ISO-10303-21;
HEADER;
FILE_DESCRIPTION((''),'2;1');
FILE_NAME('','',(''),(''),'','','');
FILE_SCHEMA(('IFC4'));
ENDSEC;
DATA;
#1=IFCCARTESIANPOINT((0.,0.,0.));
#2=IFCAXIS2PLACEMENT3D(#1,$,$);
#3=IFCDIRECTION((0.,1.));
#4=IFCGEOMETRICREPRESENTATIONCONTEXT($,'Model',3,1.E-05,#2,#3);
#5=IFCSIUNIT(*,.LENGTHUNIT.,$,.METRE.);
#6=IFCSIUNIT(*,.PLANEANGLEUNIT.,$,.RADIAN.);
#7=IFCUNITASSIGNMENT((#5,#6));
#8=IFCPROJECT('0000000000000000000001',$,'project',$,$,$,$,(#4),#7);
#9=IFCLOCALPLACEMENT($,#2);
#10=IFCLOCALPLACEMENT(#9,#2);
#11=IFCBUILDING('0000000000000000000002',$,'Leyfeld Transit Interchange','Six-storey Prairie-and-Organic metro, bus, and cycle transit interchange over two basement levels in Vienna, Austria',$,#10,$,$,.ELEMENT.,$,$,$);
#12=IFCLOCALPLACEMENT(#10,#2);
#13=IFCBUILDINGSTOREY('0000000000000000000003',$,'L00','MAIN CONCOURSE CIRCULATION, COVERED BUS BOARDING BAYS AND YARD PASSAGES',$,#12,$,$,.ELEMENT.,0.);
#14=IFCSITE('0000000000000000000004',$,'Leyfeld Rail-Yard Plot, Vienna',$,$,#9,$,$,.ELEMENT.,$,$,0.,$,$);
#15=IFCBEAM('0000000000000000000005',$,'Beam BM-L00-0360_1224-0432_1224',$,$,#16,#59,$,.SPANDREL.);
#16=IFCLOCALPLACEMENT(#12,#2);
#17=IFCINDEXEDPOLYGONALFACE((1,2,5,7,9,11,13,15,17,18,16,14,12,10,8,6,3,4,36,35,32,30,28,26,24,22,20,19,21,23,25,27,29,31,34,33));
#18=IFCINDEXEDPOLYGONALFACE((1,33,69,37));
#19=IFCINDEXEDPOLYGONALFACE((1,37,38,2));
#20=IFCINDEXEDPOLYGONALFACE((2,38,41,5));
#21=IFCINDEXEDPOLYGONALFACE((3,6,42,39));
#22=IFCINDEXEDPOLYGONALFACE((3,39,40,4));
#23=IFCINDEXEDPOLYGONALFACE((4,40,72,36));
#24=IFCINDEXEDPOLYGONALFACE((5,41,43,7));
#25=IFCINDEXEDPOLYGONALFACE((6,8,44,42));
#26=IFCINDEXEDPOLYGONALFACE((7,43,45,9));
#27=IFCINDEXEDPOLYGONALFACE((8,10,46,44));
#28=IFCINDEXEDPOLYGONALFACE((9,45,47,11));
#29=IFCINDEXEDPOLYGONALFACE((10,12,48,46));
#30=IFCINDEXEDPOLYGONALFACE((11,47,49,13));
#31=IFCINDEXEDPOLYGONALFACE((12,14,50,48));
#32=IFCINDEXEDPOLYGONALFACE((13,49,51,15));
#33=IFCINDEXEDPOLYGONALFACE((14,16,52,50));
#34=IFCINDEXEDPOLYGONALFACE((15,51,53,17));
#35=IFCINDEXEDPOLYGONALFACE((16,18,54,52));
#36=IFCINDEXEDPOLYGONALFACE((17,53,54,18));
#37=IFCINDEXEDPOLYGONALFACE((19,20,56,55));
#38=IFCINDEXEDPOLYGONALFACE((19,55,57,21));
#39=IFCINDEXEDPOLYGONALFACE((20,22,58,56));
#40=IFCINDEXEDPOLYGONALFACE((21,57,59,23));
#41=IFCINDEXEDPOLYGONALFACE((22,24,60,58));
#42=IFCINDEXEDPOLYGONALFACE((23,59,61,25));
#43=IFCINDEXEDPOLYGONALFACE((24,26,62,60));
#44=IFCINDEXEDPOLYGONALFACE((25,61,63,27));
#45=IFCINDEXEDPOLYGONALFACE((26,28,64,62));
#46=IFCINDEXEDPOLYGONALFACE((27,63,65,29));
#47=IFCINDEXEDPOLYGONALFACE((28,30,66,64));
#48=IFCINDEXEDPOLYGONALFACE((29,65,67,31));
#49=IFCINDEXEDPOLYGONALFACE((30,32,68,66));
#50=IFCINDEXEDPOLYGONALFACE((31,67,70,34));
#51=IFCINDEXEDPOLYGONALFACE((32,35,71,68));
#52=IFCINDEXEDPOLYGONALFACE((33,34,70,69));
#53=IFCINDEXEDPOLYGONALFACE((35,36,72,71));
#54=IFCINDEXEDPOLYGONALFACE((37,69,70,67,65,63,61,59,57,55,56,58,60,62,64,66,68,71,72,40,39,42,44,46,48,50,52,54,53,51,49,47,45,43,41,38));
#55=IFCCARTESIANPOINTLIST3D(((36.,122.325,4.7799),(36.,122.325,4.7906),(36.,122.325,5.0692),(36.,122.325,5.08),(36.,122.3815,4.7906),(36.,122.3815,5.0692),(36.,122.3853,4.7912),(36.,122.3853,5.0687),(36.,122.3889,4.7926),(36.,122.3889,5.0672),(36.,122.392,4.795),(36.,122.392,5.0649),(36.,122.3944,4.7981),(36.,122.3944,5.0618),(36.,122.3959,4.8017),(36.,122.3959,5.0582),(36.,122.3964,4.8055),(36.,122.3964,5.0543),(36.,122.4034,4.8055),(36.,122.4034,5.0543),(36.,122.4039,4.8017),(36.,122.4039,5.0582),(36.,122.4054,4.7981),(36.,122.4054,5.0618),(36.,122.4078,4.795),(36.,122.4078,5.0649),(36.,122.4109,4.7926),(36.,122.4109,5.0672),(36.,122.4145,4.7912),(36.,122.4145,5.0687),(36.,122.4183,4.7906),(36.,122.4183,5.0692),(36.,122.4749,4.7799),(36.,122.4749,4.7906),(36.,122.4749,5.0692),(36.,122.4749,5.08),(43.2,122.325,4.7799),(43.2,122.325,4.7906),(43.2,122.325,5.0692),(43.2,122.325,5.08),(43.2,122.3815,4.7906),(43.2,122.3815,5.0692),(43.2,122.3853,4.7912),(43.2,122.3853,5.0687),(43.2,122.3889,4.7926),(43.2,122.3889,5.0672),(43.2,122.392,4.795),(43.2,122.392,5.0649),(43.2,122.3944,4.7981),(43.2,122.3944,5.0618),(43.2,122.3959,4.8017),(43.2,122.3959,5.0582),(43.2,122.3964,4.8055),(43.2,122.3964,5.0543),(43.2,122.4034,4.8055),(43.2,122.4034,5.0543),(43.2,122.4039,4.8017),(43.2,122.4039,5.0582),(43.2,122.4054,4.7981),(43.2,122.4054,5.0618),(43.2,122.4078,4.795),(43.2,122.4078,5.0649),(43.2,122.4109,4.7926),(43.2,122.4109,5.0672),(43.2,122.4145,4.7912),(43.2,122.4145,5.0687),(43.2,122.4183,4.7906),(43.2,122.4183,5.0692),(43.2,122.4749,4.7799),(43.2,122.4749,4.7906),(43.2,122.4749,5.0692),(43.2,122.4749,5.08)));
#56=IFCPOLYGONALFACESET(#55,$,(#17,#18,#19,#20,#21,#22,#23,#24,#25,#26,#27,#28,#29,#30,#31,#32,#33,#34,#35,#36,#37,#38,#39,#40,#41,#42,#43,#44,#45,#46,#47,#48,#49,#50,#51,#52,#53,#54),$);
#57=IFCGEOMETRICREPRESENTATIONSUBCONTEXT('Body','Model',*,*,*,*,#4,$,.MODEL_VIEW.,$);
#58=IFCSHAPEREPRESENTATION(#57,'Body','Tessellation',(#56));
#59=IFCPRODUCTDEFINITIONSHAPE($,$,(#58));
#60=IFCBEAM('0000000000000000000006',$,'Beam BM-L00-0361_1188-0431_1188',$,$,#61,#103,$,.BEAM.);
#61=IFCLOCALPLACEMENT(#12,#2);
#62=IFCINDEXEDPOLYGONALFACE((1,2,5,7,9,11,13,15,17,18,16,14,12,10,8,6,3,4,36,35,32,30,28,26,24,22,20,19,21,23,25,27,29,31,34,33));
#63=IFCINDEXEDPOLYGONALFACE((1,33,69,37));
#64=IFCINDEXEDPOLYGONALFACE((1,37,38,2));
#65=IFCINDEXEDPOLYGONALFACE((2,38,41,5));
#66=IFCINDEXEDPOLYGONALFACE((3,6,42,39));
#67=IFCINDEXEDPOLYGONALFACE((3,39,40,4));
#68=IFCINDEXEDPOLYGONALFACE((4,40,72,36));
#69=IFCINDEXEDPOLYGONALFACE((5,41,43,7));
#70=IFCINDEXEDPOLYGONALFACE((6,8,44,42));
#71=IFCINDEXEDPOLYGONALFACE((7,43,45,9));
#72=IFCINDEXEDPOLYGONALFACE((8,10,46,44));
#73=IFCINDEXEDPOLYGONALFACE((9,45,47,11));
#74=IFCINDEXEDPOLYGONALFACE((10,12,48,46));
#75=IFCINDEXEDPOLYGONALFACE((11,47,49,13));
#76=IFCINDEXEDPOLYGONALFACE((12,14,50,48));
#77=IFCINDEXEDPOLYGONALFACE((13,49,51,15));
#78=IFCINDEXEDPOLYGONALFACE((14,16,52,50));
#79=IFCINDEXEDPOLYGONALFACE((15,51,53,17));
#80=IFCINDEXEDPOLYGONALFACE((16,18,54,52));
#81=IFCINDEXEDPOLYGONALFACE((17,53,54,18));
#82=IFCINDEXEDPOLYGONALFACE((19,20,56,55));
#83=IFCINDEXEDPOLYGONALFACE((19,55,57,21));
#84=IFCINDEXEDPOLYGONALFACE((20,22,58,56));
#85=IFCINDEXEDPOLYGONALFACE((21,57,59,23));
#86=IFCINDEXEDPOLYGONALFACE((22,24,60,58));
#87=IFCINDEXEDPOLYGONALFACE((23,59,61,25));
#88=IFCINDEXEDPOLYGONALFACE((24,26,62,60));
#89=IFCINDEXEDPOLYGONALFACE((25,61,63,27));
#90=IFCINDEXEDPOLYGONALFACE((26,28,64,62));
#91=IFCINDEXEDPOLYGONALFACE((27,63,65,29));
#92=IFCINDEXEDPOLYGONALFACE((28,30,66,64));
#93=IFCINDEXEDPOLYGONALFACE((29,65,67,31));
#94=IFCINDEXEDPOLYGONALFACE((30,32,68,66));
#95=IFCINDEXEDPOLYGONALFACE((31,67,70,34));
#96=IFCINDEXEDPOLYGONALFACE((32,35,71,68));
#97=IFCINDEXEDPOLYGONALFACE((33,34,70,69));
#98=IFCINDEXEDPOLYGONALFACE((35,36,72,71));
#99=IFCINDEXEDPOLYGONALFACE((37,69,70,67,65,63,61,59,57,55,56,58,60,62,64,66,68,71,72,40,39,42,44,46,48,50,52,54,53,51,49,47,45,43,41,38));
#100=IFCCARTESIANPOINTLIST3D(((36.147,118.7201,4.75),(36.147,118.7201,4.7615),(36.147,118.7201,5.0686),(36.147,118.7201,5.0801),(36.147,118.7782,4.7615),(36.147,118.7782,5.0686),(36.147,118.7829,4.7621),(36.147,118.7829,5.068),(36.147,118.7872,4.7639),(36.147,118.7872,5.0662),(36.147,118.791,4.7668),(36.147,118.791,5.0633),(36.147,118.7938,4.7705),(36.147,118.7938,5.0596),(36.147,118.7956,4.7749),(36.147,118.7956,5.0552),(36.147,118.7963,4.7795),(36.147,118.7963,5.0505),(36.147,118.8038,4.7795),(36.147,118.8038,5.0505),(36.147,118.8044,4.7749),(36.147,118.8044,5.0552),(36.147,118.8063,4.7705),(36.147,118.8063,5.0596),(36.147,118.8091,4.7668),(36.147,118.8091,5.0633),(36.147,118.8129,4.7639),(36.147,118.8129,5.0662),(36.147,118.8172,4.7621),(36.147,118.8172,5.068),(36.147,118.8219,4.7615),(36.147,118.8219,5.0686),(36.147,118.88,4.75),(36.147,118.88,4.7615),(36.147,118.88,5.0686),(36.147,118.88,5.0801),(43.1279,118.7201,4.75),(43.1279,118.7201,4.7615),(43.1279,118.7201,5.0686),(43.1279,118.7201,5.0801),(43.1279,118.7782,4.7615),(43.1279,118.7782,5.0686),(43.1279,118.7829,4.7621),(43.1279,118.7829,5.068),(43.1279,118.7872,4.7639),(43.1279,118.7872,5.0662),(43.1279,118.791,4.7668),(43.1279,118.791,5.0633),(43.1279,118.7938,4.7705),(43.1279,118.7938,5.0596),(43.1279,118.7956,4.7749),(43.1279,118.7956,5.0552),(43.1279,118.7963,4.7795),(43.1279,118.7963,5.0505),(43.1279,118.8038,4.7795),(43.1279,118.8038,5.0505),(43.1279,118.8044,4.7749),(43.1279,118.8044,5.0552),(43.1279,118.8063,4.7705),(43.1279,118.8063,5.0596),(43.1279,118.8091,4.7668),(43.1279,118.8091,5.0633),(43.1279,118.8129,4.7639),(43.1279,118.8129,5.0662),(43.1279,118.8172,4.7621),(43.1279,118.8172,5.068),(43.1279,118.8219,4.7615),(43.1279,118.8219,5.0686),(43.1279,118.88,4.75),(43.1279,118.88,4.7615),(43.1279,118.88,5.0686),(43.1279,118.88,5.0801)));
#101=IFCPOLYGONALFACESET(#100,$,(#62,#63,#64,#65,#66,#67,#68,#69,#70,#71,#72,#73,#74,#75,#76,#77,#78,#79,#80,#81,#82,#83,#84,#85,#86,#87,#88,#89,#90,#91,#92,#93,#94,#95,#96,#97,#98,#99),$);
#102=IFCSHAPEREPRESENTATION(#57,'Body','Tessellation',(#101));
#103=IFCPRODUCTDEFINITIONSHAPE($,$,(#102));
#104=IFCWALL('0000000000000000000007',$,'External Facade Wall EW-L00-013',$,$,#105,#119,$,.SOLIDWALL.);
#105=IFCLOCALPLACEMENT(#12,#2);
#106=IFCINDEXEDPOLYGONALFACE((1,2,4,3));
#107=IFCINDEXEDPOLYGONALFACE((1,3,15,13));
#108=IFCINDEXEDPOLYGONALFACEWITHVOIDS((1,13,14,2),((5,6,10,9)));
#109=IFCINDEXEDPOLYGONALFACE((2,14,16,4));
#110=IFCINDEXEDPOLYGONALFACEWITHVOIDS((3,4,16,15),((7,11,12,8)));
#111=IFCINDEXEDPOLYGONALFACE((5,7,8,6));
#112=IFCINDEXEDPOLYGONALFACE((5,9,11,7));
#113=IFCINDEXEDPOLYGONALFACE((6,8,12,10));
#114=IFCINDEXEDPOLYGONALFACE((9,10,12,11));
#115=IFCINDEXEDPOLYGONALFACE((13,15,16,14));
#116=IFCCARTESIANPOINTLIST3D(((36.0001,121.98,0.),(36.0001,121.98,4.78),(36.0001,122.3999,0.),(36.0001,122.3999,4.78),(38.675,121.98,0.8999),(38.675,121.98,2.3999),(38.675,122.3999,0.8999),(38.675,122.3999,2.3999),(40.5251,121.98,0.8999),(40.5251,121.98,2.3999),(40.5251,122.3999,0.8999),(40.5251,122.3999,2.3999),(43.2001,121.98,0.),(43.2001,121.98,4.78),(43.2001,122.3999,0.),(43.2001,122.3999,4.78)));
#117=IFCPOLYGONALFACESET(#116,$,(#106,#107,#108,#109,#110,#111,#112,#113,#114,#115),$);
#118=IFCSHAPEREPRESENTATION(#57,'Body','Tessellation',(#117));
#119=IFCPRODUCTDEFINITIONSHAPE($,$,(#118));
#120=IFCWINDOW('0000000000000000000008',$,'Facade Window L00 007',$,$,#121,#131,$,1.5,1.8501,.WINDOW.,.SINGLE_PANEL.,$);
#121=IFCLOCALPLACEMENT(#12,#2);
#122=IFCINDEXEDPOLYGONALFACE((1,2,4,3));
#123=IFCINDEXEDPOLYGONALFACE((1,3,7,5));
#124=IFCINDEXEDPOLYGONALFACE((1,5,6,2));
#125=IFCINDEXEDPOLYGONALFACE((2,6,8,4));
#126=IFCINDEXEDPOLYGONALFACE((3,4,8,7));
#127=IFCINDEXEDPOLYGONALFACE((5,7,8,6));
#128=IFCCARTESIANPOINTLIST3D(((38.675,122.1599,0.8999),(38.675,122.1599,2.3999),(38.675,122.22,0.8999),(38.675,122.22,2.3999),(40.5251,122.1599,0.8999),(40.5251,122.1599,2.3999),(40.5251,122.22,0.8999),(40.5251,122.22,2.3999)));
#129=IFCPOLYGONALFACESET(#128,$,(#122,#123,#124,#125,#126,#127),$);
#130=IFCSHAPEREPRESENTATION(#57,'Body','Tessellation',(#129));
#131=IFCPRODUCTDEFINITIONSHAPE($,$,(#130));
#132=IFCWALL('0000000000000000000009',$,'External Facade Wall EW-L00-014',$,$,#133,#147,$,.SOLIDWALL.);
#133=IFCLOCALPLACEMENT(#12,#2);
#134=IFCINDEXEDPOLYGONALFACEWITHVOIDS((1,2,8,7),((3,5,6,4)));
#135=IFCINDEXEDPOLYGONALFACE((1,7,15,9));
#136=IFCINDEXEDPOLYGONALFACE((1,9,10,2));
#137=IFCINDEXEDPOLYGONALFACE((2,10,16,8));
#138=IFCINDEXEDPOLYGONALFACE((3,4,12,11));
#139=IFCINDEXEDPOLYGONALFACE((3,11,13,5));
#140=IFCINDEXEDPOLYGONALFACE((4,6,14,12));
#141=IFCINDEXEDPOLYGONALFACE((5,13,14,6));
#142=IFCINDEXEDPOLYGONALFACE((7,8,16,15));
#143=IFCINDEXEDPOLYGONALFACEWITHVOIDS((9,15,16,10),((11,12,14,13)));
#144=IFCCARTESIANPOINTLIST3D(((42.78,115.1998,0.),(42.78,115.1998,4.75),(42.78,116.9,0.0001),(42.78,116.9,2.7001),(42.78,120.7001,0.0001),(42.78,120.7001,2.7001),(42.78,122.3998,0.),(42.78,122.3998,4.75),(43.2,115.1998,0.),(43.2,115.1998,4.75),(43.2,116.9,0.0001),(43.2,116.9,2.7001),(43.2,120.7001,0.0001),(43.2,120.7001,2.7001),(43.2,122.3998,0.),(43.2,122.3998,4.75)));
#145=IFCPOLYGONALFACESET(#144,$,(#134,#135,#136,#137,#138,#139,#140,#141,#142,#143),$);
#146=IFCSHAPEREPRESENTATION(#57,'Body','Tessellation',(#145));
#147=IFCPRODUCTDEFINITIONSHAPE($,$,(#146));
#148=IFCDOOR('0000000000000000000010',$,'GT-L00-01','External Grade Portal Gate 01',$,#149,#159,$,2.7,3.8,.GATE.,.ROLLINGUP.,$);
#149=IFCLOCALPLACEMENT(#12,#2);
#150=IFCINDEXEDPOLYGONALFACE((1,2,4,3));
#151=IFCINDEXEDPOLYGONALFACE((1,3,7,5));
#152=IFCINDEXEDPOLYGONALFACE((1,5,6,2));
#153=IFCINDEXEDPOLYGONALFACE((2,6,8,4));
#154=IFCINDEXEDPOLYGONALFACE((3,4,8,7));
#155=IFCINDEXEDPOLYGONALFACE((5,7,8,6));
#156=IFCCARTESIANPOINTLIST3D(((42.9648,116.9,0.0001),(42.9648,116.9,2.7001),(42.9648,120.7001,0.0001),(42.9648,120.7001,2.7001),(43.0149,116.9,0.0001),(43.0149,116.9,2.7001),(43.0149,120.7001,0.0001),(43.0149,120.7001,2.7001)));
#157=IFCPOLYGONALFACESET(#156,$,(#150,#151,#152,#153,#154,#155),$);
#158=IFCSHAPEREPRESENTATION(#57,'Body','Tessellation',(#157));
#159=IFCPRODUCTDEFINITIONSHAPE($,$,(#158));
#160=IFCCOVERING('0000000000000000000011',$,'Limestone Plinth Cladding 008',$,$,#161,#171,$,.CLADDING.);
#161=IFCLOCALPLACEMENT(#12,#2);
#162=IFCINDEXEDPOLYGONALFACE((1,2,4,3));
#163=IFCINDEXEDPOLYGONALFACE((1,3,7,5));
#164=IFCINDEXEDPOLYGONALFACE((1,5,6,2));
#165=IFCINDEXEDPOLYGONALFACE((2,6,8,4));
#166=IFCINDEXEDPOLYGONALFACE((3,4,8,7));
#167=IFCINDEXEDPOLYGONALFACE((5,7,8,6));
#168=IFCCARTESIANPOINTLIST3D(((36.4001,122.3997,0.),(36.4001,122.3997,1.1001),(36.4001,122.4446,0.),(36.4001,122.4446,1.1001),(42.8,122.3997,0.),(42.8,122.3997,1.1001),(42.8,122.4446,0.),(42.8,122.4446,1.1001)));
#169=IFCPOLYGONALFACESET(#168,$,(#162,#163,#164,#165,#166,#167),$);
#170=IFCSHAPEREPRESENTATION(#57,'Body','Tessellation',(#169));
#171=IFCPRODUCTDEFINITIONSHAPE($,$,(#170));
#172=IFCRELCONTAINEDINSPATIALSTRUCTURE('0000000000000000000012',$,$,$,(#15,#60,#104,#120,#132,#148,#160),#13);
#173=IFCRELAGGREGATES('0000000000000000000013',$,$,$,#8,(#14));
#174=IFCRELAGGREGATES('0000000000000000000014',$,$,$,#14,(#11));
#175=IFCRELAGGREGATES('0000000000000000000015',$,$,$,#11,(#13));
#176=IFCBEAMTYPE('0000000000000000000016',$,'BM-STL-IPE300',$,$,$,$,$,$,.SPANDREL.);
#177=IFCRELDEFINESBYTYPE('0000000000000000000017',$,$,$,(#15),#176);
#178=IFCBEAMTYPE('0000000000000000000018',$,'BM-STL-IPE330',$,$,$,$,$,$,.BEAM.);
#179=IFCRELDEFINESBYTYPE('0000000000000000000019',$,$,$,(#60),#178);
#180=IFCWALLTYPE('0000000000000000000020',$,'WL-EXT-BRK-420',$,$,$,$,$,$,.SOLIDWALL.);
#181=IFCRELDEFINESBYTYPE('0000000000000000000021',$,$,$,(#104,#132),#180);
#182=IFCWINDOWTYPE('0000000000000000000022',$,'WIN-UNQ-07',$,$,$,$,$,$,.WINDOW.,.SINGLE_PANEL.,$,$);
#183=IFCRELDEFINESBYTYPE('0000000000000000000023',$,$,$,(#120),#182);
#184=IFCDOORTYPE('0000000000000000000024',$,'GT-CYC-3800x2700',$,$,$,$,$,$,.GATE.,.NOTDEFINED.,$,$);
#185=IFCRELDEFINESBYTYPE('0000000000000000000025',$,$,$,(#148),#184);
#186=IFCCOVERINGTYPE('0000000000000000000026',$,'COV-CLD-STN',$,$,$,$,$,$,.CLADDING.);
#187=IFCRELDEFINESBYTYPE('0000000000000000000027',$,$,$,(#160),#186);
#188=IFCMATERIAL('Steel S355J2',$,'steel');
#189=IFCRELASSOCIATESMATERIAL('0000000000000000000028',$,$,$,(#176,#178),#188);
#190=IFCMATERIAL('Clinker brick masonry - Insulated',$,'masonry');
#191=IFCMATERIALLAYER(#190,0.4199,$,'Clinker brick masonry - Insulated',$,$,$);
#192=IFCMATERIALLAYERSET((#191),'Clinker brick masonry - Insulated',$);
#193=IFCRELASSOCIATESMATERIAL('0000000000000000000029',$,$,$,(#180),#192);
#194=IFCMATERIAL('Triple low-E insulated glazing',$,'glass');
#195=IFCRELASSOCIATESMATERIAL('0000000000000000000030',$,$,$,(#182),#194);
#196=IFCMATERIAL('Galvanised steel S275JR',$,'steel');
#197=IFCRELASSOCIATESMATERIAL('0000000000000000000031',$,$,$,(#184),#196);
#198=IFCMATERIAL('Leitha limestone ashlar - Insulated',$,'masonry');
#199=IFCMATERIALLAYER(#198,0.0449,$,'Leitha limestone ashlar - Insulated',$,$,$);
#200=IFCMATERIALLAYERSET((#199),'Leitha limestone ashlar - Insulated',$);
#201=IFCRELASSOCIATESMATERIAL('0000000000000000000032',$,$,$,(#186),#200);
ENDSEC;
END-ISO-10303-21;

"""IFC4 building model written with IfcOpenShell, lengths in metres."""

from ifc_helpers import new_model, si_unit, direction, frame, frame_2d, origin, origin_2d, place, context, subcontext, project, spatial, rectangle, i_section, extrude, material, layer, layer_set, material_profile, profile_set, type_object, element, fill, save


model = new_model("IFC4")

# Units and contexts
model_context = context("Model", 3, precision=1e-05, world=origin(), true_north=direction((0.0, 1.0)))
body_context = subcontext(model_context, "Body", "Model", "MODEL_VIEW")
ifc_project = project(units=[si_unit("LENGTHUNIT", "METRE"), si_unit("PLANEANGLEUNIT", "RADIAN")], contexts=[model_context])

# Site, building, storey
site_placement = place(None, origin())
site = spatial("IfcSite", under=ifc_project, at=site_placement, Name="Leyfeld Rail-Yard Plot, Vienna", CompositionType="ELEMENT", RefElevation=0.0)
building_placement = place(site_placement, origin())
building = spatial("IfcBuilding", under=site, at=building_placement, Name="Leyfeld Transit Interchange", Description="Six-storey Prairie-and-Organic metro, bus, and cycle transit interchange over two basement levels in Vienna, Austria", CompositionType="ELEMENT")
storey_placement = place(building_placement, origin())
storey = spatial("IfcBuildingStorey", under=building, at=storey_placement, Name="L00", Description="MAIN CONCOURSE CIRCULATION, COVERED BUS BOARDING BAYS AND YARD PASSAGES", CompositionType="ELEMENT", Elevation=0.0)

# Beams
ifc_material_1 = material(Name="Steel S355J2", Category="steel")
ifc_material_profile_1 = material_profile(ifc_material_1, i_section(OverallWidth=0.1499, OverallDepth=0.3, WebThickness=0.0071, FlangeThickness=0.0107, FilletRadius=0.0149, at=origin_2d()), Name="IPE 300")
ifc_profile_set_1 = profile_set([ifc_material_profile_1], Name="Steel S355J2")
beam_type_1 = type_object("IfcBeamType", Name="BM-STL-IPE300", PredefinedType="SPANDREL", material=ifc_profile_set_1)
beam_1_placement = place(storey_placement, frame((36.0, 122.3999, 4.9299), z_axis=(1.0, 0.0, 0.0), x_axis=(0.0, 1.0, 0.0)))
element("IfcBeam", 1, at=beam_1_placement, inside=storey, type_object=beam_type_1, Name="Beam BM-L00-0360_1224-0432_1224", PredefinedType="SPANDREL", context=body_context, shape_type="SweptSolid", body=[
    extrude(i_section(OverallWidth=0.1499, OverallDepth=0.3, WebThickness=0.0071, FlangeThickness=0.0107, FilletRadius=0.0149, at=origin_2d()), origin(), (0.0, 0.0, 1.0), 7.2),
])
ifc_material_profile_2 = material_profile(ifc_material_1, i_section(OverallWidth=0.1599, OverallDepth=0.3301, WebThickness=0.0076, FlangeThickness=0.0115, FilletRadius=0.0181, at=origin_2d()), Name="IPE 330")
ifc_profile_set_2 = profile_set([ifc_material_profile_2], Name="Steel S355J2")
beam_type_2 = type_object("IfcBeamType", Name="BM-STL-IPE330", PredefinedType="BEAM", material=ifc_profile_set_2)
beam_2_placement = place(storey_placement, frame((36.147, 118.8, 4.915), z_axis=(1.0, 0.0, 0.0), x_axis=(0.0, 1.0, 0.0)))
element("IfcBeam", 2, at=beam_2_placement, inside=storey, type_object=beam_type_2, Name="Beam BM-L00-0361_1188-0431_1188", PredefinedType="BEAM", context=body_context, shape_type="SweptSolid", body=[
    extrude(i_section(OverallWidth=0.1599, OverallDepth=0.3301, WebThickness=0.0076, FlangeThickness=0.0115, FilletRadius=0.0181, at=origin_2d()), origin(), (0.0, 0.0, 1.0), 6.981),
])

# Wall, opening, window
ifc_material_2 = material(Name="Clinker brick masonry - Insulated", Category="masonry")
ifc_layer_1 = layer(ifc_material_2, 0.4199, Name="Clinker brick masonry - Insulated")
ifc_layer_set_1 = layer_set([ifc_layer_1], Name="Clinker brick masonry - Insulated")
wall_type = type_object("IfcWallType", Name="WL-EXT-BRK-420", PredefinedType="SOLIDWALL", material=ifc_layer_set_1)
wall_1_placement = place(storey_placement, frame((36.0, 122.1899, 0.0), z_axis=(0.0, 0.0, 1.0), x_axis=(1.0, 0.0, 0.0)))
wall_1 = element("IfcWall", 3, at=wall_1_placement, inside=storey, type_object=wall_type, Name="External Facade Wall EW-L00-013", PredefinedType="SOLIDWALL", context=body_context, shape_type="SweptSolid", body=[
    extrude(rectangle(XDim=7.2, YDim=0.4199, at=frame_2d((3.6001, 0.0))), origin(), (0.0, 0.0, 1.0), 4.78),
])
opening_1_placement = place(wall_1_placement, frame((2.675, 0.0, 0.8999)))
opening_1 = element("IfcOpeningElement", 4, at=opening_1_placement, cuts=wall_1, PredefinedType="OPENING", context=body_context, shape_type="SweptSolid", body=[
    extrude(rectangle(XDim=1.8501, YDim=1.5, at=frame_2d((0.925, 0.75))), frame((0.0, 0.22, 0.0), z_axis=(0.0, -1.0, 0.0), x_axis=(1.0, 0.0, 0.0)), (0.0, 0.0, 1.0), 0.4399),
])
ifc_material_3 = material(Name="Triple low-E insulated glazing", Category="glass")
window_type = type_object("IfcWindowType", Name="WIN-UNQ-07", PartitioningType="SINGLE_PANEL", PredefinedType="WINDOW", material=ifc_material_3)
window_placement = place(opening_1_placement, origin())
window = element("IfcWindow", 5, at=window_placement, inside=storey, type_object=window_type, Name="Facade Window L00 007", OverallHeight=1.5, OverallWidth=1.8501, PartitioningType="SINGLE_PANEL", PredefinedType="WINDOW", context=body_context, shape_type="SweptSolid", body=[
    extrude(rectangle(XDim=1.8501, YDim=1.5, at=frame_2d((0.925, 0.75))), frame((0.0, 0.03, 0.0), z_axis=(0.0, -1.0, 0.0), x_axis=(1.0, 0.0, 0.0)), (0.0, 0.0, 1.0), 0.0601),
])
fill(opening_1, window)

# Wall, opening, door
wall_2_placement = place(storey_placement, frame((42.99, 122.3999, 0.0), z_axis=(0.0, 0.0, 1.0), x_axis=(0.0, -1.0, 0.0)))
wall_2 = element("IfcWall", 6, at=wall_2_placement, inside=storey, type_object=wall_type, Name="External Facade Wall EW-L00-014", PredefinedType="SOLIDWALL", context=body_context, shape_type="SweptSolid", body=[
    extrude(rectangle(XDim=7.2, YDim=0.4199, at=frame_2d((3.6001, 0.0))), origin(), (0.0, 0.0, 1.0), 4.75),
])
opening_2_placement = place(wall_2_placement, frame((1.7, 0.0, 0.0)))
opening_2 = element("IfcOpeningElement", 7, at=opening_2_placement, cuts=wall_2, PredefinedType="OPENING", context=body_context, shape_type="SweptSolid", body=[
    extrude(rectangle(XDim=3.8, YDim=2.7, at=frame_2d((1.8999, 1.3501))), frame((0.0, 0.22, 0.0), z_axis=(0.0, -1.0, 0.0), x_axis=(1.0, 0.0, 0.0)), (0.0, 0.0, 1.0), 0.4399),
])
ifc_material_4 = material(Name="Galvanised steel S275JR", Category="steel")
door_type = type_object("IfcDoorType", Name="GT-CYC-3800x2700", OperationType="NOTDEFINED", PredefinedType="GATE", material=ifc_material_4)
door_placement = place(opening_2_placement, origin())
door = element("IfcDoor", 8, at=door_placement, inside=storey, type_object=door_type, Name="GT-L00-01", Description="External Grade Portal Gate 01", OperationType="ROLLINGUP", OverallHeight=2.7, OverallWidth=3.8, PredefinedType="GATE", context=body_context, shape_type="SweptSolid", body=[
    extrude(rectangle(XDim=3.8, YDim=2.7, at=frame_2d((1.8999, 1.3501))), frame((0.0, 0.0249, 0.0), z_axis=(0.0, -1.0, 0.0), x_axis=(1.0, 0.0, 0.0)), (0.0, 0.0, 1.0), 0.05),
])
fill(opening_2, door)

# Covering
ifc_material_5 = material(Name="Leitha limestone ashlar - Insulated", Category="masonry")
ifc_layer_2 = layer(ifc_material_5, 0.0449, Name="Leitha limestone ashlar - Insulated")
ifc_layer_set_2 = layer_set([ifc_layer_2], Name="Leitha limestone ashlar - Insulated")
covering_type = type_object("IfcCoveringType", Name="COV-CLD-STN", PredefinedType="CLADDING", material=ifc_layer_set_2)
covering_placement = place(storey_placement, frame((39.6001, 122.4221, 0.0), z_axis=(0.0, 0.0, 1.0), x_axis=(1.0, 0.0, 0.0)))
element("IfcCovering", 9, at=covering_placement, inside=storey, type_object=covering_type, Name="Limestone Plinth Cladding 008", PredefinedType="CLADDING", context=body_context, shape_type="SweptSolid", body=[
    extrude(rectangle(XDim=6.3999, YDim=0.0449, at=origin_2d()), origin(), (0.0, 0.0, 1.0), 1.1001),
])

save(model, "model.ifc")
